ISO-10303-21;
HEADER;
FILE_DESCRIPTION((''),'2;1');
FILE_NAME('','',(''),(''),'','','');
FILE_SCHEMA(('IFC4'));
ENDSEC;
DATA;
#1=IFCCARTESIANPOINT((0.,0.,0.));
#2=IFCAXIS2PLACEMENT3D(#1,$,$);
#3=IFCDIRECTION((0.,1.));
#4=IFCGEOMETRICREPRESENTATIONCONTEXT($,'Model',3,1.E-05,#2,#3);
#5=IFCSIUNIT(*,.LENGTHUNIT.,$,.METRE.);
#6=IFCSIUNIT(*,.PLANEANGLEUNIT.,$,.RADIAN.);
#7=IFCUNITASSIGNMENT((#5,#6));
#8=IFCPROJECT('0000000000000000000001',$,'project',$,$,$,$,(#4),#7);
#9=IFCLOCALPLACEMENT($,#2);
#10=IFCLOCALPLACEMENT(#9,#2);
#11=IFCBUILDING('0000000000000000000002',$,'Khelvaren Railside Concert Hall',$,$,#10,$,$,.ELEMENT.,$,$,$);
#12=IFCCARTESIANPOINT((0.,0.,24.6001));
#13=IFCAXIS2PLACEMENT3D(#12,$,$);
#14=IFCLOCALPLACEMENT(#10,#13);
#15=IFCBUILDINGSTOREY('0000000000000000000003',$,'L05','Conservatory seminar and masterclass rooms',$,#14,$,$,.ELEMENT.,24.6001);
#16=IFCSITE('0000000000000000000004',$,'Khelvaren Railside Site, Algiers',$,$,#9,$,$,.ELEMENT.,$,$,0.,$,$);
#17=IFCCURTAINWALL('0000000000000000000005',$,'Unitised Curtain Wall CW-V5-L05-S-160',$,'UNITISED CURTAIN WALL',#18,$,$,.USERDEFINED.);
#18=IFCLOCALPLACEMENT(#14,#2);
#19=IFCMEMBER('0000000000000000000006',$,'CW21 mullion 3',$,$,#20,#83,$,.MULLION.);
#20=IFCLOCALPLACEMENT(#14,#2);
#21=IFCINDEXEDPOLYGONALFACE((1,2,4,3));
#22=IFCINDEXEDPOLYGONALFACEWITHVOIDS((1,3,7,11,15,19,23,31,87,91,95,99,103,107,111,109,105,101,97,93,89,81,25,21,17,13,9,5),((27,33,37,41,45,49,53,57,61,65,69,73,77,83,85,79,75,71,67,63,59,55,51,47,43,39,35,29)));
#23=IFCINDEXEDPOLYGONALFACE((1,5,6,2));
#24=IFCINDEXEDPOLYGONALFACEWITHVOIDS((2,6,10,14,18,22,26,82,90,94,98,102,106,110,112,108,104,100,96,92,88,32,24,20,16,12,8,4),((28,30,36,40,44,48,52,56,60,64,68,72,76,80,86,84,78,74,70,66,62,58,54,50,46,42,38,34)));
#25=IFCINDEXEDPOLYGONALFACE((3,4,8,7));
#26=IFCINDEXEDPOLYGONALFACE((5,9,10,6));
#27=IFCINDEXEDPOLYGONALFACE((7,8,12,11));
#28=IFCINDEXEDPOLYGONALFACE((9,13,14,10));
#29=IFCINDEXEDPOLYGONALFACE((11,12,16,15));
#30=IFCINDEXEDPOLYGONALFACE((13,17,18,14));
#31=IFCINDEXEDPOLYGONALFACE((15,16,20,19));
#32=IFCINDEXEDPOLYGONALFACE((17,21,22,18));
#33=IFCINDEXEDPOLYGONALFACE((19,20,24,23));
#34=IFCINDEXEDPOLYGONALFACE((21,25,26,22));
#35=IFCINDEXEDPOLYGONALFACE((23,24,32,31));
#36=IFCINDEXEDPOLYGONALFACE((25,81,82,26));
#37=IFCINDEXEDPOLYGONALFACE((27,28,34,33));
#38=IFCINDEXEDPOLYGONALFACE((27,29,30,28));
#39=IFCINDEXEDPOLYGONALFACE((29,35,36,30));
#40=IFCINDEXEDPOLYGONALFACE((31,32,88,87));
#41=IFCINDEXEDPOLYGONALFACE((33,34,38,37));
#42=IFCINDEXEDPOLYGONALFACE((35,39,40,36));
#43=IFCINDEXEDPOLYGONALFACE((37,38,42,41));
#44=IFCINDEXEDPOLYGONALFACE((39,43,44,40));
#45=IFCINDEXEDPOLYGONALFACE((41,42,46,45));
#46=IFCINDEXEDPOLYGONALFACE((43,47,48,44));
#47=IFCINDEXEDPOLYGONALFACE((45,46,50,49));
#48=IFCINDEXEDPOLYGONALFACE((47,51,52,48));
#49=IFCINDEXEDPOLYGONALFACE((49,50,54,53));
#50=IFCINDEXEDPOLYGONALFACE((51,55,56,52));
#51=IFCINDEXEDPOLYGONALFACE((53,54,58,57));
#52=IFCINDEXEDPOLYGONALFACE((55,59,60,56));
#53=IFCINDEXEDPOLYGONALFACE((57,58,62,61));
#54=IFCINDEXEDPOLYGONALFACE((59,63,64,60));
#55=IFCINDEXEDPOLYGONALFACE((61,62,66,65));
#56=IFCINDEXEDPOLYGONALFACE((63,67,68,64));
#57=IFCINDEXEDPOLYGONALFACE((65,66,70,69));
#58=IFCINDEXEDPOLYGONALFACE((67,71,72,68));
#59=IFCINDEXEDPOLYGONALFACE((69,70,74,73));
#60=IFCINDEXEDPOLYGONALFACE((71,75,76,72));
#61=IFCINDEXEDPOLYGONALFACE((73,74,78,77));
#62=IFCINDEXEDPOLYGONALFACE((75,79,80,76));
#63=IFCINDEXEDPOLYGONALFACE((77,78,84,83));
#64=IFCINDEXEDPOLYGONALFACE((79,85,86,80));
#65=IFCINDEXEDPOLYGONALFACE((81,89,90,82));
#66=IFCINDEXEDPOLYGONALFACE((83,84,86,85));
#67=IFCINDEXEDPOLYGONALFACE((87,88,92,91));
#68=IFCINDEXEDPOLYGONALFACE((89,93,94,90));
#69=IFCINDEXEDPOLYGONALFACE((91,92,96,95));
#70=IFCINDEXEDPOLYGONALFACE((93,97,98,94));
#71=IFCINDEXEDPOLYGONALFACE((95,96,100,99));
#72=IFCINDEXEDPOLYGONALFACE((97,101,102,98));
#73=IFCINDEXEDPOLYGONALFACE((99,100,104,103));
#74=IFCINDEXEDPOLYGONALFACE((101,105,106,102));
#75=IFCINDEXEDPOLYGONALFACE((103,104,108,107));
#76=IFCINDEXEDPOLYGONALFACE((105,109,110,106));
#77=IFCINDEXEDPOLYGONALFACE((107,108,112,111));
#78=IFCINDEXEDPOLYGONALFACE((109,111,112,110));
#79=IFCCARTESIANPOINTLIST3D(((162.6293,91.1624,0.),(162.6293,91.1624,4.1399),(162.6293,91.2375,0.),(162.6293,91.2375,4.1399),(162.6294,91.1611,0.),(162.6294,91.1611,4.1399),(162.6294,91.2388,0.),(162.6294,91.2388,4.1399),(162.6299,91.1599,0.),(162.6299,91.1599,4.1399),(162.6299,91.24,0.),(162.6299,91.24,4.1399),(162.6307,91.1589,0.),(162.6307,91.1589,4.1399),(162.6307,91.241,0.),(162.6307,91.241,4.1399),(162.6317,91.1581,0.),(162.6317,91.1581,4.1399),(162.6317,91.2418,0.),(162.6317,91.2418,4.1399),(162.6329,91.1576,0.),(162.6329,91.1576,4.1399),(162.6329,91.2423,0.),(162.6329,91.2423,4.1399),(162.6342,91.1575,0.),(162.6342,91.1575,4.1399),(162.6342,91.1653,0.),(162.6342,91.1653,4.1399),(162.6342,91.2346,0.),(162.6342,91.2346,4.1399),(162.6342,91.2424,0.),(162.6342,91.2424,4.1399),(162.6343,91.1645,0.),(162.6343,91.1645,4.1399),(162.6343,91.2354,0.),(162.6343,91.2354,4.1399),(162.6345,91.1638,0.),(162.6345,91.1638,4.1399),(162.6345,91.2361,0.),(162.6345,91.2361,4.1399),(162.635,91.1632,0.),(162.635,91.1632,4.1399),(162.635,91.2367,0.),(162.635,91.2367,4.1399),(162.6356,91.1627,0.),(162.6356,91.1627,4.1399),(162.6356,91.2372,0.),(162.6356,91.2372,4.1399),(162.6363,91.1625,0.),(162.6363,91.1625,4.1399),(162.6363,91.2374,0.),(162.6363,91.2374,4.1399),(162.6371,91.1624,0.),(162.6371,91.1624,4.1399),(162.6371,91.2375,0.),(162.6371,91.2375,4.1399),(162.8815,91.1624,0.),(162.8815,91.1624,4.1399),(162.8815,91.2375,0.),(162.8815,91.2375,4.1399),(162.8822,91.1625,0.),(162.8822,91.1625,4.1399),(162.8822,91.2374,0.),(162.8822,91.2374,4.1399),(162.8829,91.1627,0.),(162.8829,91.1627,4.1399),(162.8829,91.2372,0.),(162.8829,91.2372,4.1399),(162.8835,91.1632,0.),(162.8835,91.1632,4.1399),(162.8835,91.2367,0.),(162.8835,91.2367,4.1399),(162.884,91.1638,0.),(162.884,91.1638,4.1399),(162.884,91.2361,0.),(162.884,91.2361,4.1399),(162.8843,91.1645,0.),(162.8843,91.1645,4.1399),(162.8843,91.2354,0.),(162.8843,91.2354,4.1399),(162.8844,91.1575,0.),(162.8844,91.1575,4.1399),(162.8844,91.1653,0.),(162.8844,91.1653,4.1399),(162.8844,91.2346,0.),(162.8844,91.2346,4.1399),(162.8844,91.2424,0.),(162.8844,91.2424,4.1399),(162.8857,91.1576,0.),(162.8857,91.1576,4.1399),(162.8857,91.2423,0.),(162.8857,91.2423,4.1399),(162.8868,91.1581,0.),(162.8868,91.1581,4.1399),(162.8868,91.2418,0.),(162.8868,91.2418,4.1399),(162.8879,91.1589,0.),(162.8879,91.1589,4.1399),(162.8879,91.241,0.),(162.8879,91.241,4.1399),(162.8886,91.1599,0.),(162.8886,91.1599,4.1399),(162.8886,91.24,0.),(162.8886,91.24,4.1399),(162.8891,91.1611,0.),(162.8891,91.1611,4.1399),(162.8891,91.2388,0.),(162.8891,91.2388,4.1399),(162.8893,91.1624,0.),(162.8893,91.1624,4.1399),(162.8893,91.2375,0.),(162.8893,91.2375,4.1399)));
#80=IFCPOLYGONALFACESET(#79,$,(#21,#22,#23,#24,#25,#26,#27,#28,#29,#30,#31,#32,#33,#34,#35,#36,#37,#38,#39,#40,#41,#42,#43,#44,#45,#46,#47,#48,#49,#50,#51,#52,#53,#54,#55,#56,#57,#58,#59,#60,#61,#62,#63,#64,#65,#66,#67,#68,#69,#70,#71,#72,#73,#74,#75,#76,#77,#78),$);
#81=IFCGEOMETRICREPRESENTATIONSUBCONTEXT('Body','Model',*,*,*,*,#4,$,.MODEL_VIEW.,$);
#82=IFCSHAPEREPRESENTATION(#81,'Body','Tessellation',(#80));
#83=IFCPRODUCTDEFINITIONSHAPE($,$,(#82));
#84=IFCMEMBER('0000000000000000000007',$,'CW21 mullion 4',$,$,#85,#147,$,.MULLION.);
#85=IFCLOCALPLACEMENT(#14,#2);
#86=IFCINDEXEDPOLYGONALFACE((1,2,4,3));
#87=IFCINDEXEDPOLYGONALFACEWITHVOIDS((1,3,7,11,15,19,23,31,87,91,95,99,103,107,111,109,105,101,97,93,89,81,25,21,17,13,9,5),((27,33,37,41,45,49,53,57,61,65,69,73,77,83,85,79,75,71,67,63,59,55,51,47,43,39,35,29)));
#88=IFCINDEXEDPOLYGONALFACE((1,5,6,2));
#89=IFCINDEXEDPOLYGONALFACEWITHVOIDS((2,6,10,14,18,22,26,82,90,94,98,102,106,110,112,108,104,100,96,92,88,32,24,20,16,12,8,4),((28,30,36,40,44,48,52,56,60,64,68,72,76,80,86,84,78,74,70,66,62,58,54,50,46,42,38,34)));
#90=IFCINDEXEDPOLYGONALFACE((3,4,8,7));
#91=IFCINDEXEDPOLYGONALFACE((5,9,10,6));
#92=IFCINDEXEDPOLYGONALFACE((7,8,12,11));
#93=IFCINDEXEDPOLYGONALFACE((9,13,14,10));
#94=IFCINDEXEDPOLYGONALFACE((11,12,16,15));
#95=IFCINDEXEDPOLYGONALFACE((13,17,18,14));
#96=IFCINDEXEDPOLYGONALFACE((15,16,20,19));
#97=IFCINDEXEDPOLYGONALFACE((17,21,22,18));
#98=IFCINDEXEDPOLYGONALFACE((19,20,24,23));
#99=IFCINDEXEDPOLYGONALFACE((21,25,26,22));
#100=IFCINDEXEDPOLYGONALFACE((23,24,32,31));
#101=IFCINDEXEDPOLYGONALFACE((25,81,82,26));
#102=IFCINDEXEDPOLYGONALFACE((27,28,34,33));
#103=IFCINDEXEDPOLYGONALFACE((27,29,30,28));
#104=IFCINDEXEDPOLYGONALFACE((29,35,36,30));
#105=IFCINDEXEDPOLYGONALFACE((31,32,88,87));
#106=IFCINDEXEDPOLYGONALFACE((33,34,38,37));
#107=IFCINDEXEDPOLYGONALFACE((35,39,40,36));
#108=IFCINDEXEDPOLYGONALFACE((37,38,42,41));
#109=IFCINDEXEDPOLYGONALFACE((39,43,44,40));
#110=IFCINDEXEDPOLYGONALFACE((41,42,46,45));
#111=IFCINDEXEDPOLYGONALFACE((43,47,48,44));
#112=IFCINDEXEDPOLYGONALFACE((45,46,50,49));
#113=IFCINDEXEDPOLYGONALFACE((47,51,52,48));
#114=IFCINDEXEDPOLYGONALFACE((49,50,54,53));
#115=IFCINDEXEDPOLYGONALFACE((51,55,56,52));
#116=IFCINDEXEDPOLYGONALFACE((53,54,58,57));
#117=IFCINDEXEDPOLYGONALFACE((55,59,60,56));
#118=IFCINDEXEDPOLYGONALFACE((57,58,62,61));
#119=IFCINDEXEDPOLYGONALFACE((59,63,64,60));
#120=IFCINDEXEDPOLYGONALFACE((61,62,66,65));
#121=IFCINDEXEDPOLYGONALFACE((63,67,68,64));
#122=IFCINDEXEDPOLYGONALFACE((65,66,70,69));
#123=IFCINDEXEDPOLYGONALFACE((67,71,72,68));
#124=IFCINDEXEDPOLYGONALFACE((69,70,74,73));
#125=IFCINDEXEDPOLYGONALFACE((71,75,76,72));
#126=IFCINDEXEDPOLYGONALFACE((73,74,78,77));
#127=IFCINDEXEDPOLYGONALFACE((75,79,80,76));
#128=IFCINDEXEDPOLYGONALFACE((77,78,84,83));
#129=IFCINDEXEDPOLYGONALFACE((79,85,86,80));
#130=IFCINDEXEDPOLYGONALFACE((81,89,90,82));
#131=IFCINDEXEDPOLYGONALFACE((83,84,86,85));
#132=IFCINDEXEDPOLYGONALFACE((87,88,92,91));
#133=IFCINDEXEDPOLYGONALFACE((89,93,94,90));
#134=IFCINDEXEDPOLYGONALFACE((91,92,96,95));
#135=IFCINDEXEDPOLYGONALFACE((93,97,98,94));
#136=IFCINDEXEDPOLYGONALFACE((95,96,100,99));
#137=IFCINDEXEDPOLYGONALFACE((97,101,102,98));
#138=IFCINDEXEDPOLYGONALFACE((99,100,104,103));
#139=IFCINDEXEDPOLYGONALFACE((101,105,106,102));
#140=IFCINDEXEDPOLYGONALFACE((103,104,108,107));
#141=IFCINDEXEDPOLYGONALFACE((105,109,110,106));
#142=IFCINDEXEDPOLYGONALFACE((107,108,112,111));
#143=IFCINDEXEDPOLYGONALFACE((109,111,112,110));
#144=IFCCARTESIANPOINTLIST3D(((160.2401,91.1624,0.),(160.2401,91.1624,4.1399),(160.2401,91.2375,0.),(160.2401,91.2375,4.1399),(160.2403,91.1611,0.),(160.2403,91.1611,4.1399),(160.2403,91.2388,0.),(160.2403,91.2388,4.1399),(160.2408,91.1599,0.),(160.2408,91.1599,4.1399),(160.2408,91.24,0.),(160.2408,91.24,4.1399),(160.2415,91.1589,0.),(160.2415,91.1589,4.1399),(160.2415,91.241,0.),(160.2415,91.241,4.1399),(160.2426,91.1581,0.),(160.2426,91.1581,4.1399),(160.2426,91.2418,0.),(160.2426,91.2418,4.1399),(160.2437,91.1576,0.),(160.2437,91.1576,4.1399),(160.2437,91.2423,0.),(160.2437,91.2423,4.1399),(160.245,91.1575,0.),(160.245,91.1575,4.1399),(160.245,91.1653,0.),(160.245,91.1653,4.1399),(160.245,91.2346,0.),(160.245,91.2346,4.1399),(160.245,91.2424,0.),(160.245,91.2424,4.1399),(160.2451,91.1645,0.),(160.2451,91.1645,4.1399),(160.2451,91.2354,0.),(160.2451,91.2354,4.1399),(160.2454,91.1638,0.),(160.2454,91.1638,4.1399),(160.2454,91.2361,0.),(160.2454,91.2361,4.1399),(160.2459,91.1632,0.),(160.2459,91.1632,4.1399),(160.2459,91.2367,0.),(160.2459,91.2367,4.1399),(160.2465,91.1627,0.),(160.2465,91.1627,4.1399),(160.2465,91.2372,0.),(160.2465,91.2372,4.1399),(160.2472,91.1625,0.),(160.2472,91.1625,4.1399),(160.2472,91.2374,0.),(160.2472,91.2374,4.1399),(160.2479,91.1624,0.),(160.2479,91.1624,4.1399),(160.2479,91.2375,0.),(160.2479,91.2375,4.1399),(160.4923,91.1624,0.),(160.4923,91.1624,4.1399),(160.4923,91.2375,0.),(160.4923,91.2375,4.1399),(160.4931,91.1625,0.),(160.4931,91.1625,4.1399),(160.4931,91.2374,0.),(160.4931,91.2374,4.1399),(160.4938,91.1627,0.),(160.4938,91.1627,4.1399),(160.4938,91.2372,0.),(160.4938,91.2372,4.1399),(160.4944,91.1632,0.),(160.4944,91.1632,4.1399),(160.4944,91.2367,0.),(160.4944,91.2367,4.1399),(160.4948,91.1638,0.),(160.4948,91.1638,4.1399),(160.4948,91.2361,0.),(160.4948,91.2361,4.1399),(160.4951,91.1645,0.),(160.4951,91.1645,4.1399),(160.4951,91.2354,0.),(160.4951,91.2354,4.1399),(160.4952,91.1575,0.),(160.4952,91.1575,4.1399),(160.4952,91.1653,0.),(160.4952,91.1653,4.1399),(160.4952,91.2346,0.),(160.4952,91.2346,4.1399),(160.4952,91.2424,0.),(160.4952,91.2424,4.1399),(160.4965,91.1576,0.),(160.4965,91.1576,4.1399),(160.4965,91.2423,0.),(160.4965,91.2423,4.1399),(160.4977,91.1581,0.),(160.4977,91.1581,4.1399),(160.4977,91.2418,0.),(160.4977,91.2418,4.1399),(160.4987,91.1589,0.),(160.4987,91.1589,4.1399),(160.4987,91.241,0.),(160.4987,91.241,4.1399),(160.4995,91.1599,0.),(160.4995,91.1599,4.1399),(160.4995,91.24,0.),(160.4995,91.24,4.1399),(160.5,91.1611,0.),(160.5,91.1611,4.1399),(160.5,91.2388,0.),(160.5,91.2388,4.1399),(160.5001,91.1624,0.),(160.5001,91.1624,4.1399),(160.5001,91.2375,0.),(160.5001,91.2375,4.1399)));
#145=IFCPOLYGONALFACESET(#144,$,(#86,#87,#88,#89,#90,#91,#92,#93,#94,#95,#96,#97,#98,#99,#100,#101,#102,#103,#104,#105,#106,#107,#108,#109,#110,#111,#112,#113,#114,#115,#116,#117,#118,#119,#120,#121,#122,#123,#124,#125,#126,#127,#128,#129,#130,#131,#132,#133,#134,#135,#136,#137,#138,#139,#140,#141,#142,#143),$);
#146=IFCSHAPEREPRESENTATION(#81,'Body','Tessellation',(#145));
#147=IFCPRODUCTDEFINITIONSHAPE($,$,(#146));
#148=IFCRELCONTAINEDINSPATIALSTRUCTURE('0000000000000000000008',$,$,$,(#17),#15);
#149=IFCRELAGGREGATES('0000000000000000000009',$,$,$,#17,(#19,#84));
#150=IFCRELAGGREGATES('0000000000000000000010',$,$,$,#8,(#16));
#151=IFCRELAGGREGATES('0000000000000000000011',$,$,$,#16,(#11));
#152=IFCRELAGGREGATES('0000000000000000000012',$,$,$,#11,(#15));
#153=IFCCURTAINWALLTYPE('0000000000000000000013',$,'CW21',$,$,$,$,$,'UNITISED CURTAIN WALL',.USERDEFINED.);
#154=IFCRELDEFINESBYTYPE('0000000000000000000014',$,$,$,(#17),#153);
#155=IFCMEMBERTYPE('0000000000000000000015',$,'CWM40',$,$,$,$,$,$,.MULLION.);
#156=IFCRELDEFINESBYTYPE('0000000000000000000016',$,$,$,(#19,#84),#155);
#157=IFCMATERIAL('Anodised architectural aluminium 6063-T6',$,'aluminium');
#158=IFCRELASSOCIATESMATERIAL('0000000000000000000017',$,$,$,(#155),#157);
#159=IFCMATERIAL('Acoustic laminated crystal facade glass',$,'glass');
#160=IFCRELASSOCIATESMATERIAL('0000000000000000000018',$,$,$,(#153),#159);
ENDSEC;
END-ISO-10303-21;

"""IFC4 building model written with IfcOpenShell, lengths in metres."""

from ifc_helpers import new_model, si_unit, direction, frame, origin, origin_2d, place, context, subcontext, project, spatial, hollow_rectangle, extrude, material, material_profile, profile_set, type_object, element, aggregate, save


model = new_model("IFC4")

# Units and contexts
model_context = context("Model", 3, precision=1e-05, world=origin(), true_north=direction((0.0, 1.0)))
body_context = subcontext(model_context, "Body", "Model", "MODEL_VIEW")
ifc_project = project(units=[si_unit("LENGTHUNIT", "METRE"), si_unit("PLANEANGLEUNIT", "RADIAN")], contexts=[model_context])

# Site, building, storey
site_placement = place(None, origin())
site = spatial("IfcSite", under=ifc_project, at=site_placement, Name="Khelvaren Railside Site, Algiers", CompositionType="ELEMENT", RefElevation=0.0)
building_placement = place(site_placement, origin())
building = spatial("IfcBuilding", under=site, at=building_placement, Name="Khelvaren Railside Concert Hall", CompositionType="ELEMENT")
storey_placement = place(building_placement, frame((0.0, 0.0, 24.6001)))
storey = spatial("IfcBuildingStorey", under=building, at=storey_placement, Name="L05", Description="Conservatory seminar and masterclass rooms", CompositionType="ELEMENT", Elevation=24.6001)

# Shared definitions
ifc_material_1 = material(Name="Acoustic laminated crystal facade glass", Category="glass")
ifc_material_2 = material(Name="Anodised architectural aluminium 6063-T6", Category="aluminium")
ifc_material_profile_1 = material_profile(ifc_material_2, hollow_rectangle(XDim=0.085, YDim=0.26, WallThickness=0.0049, InnerFilletRadius=0.0029, OuterFilletRadius=0.0049, at=origin_2d()), Name="CWM 85x260x5")
ifc_profile_set_1 = profile_set([ifc_material_profile_1], Name="Anodised architectural aluminium 6063-T6")
member_type_1 = type_object("IfcMemberType", Name="CWM40", PredefinedType="MULLION", material=ifc_profile_set_1)

# Curtain wall, members
curtain_wall_type_1 = type_object("IfcCurtainWallType", Name="CW21", ElementType="UNITISED CURTAIN WALL", PredefinedType="USERDEFINED", material=ifc_material_1)
curtain_wall_1_placement = place(storey_placement, origin())
curtain_wall_1 = element("IfcCurtainWall", 1, at=curtain_wall_1_placement, inside=storey, type_object=curtain_wall_type_1, Name="Unitised Curtain Wall CW-V5-L05-S-160", ObjectType="UNITISED CURTAIN WALL", PredefinedType="USERDEFINED")
member_1_placement = place(storey_placement, frame((162.7593, 91.2, 0.0), z_axis=(0.0, 0.0, 1.0), x_axis=(0.0, -1.0, 0.0)))
member_1 = element("IfcMember", 2, at=member_1_placement, type_object=member_type_1, Name="CW21 mullion 3", PredefinedType="MULLION", context=body_context, shape_type="SweptSolid", body=[
    extrude(hollow_rectangle(XDim=0.085, YDim=0.26, WallThickness=0.0049, InnerFilletRadius=0.0029, OuterFilletRadius=0.0049, at=origin_2d()), origin(), (0.0, 0.0, 1.0), 4.1399),
])
member_2_placement = place(storey_placement, frame((160.3701, 91.2, 0.0), z_axis=(0.0, 0.0, 1.0), x_axis=(0.0, -1.0, 0.0)))
member_2 = element("IfcMember", 3, at=member_2_placement, type_object=member_type_1, Name="CW21 mullion 4", PredefinedType="MULLION", context=body_context, shape_type="SweptSolid", body=[
    extrude(hollow_rectangle(XDim=0.085, YDim=0.26, WallThickness=0.0049, InnerFilletRadius=0.0029, OuterFilletRadius=0.0049, at=origin_2d()), origin(), (0.0, 0.0, 1.0), 4.1399),
])

aggregate(curtain_wall_1, [member_1, member_2])

save(model, "model.ifc")
